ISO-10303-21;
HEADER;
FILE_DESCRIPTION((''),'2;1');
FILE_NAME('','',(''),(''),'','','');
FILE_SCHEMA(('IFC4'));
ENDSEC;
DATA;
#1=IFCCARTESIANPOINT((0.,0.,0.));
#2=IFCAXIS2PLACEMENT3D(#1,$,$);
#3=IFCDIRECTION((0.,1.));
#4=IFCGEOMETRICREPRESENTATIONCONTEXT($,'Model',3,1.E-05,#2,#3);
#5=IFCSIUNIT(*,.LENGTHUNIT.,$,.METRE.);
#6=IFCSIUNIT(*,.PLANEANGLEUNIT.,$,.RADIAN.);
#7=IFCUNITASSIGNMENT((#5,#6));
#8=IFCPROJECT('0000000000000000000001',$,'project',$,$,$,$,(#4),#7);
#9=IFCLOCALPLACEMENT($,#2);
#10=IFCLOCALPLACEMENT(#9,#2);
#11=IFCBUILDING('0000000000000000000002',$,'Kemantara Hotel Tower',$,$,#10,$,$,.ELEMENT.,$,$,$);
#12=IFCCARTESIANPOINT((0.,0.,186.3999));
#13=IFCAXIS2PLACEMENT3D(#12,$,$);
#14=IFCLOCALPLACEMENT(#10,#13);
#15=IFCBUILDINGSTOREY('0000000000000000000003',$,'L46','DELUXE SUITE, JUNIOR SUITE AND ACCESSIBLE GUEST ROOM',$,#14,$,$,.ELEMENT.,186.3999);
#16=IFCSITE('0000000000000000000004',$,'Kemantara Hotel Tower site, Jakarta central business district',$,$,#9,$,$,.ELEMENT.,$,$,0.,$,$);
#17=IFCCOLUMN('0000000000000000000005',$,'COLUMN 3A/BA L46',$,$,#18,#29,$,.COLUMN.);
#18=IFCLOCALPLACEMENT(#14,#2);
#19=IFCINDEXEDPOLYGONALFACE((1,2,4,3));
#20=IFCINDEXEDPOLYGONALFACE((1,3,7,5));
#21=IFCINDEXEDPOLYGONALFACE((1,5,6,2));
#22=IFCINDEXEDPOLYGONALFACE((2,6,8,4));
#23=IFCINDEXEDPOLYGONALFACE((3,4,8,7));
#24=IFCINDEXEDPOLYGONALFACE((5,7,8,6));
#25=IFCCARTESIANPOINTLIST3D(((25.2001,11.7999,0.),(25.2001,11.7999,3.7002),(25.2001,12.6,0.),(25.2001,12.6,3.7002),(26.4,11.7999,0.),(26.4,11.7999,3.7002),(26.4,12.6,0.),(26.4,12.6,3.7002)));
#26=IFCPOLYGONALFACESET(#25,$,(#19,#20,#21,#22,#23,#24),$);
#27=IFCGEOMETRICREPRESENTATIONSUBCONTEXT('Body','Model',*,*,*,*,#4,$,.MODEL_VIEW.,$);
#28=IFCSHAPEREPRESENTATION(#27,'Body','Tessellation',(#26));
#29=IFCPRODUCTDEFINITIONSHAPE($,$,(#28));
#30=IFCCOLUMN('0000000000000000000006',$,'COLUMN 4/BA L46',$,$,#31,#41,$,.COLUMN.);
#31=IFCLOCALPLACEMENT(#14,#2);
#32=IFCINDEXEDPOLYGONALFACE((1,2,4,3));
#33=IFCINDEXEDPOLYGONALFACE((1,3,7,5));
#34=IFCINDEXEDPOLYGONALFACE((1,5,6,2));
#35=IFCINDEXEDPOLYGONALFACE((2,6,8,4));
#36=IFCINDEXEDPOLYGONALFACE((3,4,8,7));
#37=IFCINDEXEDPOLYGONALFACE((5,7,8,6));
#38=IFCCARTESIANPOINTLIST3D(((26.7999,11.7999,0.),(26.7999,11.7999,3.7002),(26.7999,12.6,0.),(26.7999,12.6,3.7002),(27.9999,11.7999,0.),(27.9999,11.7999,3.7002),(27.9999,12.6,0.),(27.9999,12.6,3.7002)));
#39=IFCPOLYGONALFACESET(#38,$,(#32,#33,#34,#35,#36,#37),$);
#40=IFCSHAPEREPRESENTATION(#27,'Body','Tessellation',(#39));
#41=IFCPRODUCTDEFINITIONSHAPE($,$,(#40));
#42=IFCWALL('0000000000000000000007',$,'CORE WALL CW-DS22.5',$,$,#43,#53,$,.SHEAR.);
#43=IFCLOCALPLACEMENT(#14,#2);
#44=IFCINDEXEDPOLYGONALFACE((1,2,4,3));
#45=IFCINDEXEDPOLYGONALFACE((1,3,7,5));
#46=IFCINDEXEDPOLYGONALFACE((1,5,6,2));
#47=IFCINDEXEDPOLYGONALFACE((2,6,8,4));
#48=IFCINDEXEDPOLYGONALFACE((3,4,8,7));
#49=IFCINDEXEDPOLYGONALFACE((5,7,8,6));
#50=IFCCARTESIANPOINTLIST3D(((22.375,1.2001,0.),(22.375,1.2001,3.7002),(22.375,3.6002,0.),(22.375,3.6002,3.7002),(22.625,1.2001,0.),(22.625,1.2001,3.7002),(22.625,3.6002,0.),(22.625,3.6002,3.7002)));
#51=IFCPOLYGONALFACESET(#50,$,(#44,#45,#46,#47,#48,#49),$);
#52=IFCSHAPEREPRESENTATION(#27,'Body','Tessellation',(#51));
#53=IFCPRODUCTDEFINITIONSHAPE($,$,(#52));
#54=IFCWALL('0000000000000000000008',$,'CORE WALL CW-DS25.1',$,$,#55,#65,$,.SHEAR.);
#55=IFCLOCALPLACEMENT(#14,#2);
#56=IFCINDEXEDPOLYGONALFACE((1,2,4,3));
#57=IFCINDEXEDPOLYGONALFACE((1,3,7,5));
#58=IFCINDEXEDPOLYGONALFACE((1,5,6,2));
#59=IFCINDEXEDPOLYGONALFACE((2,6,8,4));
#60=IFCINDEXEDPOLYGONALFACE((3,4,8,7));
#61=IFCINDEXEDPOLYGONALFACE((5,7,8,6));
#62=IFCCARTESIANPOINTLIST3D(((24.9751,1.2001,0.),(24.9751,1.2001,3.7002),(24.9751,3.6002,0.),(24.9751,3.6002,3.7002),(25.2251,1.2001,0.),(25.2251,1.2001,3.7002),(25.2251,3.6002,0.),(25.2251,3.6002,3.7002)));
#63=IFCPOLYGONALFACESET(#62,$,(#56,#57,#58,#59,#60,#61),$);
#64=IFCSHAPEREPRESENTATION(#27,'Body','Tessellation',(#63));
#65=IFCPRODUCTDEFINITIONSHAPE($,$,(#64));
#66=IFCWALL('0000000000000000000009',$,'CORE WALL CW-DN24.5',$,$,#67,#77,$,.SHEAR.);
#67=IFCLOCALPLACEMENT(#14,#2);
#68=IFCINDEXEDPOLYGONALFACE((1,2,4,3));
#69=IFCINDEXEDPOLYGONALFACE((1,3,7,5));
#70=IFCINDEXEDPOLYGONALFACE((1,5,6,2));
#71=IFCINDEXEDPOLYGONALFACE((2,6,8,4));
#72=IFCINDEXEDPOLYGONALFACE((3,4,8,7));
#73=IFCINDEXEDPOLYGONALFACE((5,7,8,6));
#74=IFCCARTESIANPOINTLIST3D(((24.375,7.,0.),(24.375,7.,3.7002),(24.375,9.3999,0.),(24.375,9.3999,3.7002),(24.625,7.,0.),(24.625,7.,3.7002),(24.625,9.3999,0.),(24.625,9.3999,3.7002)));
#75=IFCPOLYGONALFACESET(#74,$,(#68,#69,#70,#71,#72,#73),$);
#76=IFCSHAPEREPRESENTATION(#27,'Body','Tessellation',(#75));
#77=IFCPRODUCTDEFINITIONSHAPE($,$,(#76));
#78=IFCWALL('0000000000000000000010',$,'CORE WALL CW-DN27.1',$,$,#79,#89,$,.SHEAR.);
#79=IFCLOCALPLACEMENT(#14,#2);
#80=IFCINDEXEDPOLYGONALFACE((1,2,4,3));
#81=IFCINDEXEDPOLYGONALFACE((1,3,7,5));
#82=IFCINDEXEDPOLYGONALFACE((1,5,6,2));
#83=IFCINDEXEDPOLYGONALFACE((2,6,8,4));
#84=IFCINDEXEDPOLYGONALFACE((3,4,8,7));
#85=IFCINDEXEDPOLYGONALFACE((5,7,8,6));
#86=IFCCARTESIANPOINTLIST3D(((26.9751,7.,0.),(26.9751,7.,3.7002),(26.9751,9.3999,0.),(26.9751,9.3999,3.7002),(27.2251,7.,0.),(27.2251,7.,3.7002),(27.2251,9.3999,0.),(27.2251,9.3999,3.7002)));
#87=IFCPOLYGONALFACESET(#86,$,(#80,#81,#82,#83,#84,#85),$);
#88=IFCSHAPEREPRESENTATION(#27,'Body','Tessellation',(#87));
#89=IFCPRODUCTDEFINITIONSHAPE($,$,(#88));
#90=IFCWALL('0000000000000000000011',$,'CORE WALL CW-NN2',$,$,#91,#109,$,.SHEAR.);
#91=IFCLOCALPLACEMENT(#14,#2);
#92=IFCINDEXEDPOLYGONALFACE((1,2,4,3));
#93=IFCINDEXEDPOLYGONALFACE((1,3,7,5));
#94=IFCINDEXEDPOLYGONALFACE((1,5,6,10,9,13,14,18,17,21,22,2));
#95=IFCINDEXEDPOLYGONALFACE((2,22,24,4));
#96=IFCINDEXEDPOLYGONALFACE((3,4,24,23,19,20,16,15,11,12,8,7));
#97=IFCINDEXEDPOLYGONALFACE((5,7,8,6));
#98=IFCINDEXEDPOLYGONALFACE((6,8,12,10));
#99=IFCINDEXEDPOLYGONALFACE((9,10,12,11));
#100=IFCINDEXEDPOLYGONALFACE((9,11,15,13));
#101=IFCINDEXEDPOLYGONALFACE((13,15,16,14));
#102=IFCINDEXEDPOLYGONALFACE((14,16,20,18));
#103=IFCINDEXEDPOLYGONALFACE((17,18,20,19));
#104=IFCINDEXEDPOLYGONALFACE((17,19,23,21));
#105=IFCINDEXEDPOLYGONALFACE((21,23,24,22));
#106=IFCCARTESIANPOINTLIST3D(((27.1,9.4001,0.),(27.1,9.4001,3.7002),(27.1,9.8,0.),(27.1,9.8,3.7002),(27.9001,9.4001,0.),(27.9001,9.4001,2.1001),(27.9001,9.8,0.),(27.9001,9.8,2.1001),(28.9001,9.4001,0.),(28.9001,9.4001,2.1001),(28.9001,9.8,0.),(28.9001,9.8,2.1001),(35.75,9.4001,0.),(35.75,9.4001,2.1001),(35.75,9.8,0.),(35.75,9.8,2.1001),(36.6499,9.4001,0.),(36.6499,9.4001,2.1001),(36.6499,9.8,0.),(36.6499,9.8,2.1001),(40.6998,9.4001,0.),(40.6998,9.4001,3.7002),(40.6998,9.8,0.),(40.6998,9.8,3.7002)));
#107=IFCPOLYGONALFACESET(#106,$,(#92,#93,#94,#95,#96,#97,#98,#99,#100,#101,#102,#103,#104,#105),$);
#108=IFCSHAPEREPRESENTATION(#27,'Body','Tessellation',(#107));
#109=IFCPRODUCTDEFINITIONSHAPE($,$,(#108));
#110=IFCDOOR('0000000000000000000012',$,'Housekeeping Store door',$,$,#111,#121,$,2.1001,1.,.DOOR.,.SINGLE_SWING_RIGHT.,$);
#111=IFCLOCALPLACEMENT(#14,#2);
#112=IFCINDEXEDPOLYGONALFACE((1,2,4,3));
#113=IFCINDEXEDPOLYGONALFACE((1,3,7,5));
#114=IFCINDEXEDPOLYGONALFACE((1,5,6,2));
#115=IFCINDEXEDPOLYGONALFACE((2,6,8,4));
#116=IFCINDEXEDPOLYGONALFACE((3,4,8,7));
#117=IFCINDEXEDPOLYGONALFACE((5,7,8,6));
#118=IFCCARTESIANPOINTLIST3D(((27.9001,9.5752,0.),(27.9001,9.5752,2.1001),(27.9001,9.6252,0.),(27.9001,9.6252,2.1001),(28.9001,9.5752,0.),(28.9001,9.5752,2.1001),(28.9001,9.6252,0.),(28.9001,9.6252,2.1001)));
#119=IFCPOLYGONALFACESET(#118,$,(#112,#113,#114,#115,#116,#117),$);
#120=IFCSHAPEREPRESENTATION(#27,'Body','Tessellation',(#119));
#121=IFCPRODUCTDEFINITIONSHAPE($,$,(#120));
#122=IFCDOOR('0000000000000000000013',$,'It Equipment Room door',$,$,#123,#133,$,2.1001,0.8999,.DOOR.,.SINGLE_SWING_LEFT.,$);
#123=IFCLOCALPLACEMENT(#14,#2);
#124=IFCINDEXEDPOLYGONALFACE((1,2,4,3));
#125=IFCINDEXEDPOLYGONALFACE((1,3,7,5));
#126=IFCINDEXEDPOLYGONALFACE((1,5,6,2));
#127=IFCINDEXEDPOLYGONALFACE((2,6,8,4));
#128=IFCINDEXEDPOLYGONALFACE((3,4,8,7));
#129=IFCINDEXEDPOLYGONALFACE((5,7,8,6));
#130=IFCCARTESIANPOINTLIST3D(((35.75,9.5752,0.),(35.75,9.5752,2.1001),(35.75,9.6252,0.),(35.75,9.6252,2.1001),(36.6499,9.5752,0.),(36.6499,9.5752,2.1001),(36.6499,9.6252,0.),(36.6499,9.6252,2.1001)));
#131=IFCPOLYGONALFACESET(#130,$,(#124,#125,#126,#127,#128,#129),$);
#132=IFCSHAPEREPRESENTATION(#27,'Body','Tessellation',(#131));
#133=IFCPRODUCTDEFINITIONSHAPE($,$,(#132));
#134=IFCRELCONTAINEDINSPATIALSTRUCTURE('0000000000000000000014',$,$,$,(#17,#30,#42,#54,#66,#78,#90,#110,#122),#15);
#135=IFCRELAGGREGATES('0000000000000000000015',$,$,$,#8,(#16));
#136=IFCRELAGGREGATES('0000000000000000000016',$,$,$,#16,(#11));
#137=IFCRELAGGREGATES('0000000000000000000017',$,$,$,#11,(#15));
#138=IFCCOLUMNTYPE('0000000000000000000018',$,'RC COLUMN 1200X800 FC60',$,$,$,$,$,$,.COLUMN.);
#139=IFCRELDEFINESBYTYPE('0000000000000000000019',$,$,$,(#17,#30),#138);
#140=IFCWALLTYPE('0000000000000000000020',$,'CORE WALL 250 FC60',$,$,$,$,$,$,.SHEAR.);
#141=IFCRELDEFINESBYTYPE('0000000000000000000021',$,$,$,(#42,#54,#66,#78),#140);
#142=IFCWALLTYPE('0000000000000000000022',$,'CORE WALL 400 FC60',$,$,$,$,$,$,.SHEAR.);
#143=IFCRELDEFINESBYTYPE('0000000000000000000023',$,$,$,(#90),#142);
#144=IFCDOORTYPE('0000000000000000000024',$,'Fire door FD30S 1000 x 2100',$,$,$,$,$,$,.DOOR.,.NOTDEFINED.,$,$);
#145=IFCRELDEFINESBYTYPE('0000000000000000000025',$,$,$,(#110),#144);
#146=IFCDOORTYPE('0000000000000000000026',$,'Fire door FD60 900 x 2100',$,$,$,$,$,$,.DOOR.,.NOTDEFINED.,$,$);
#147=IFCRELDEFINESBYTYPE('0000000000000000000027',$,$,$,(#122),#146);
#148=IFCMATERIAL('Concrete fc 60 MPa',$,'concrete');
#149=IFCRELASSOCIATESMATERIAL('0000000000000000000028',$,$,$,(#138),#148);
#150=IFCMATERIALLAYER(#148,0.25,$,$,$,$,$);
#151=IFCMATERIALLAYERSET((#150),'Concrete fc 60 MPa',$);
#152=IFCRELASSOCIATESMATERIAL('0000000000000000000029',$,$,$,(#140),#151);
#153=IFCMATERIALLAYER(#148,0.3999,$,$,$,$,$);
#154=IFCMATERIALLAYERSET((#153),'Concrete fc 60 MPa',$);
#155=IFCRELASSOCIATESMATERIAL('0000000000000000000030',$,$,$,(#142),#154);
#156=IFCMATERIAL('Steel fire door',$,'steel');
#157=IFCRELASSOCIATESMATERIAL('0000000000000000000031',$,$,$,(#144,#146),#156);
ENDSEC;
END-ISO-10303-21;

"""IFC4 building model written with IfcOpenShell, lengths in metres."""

from ifc_helpers import new_model, si_unit, direction, frame, frame_2d, origin, origin_2d, place, context, subcontext, project, spatial, rectangle, extrude, material, layer, layer_set, material_profile, profile_set, type_object, element, fill, save


model = new_model("IFC4")

# Units and contexts
model_context = context("Model", 3, precision=1e-05, world=origin(), true_north=direction((0.0, 1.0)))
body_context = subcontext(model_context, "Body", "Model", "MODEL_VIEW")
ifc_project = project(units=[si_unit("LENGTHUNIT", "METRE"), si_unit("PLANEANGLEUNIT", "RADIAN")], contexts=[model_context])

# Site, building, storey
site_placement = place(None, origin())
site = spatial("IfcSite", under=ifc_project, at=site_placement, Name="Kemantara Hotel Tower site, Jakarta central business district", CompositionType="ELEMENT", RefElevation=0.0)
building_placement = place(site_placement, origin())
building = spatial("IfcBuilding", under=site, at=building_placement, Name="Kemantara Hotel Tower", CompositionType="ELEMENT")
storey_placement = place(building_placement, frame((0.0, 0.0, 186.3999)))
storey = spatial("IfcBuildingStorey", under=building, at=storey_placement, Name="L46", Description="DELUXE SUITE, JUNIOR SUITE AND ACCESSIBLE GUEST ROOM", CompositionType="ELEMENT", Elevation=186.3999)

# Columns
ifc_material_1 = material(Name="Concrete fc 60 MPa", Category="concrete")
ifc_material_profile = material_profile(ifc_material_1, rectangle(XDim=1.2, YDim=0.8, at=origin_2d()), Name="RC 1200X800")
ifc_profile_set = profile_set([ifc_material_profile], Name="Concrete fc 60 MPa")
column_type = type_object("IfcColumnType", Name="RC COLUMN 1200X800 FC60", PredefinedType="COLUMN", material=ifc_profile_set)
for number, where, z_axis, x_axis, name in (
    (1, (25.8, 12.2, 0.0), (0.0, 0.0, 1.0), (1.0, 0.0, 0.0), "COLUMN 3A/BA L46"),
    (2, (27.3999, 12.2, 0.0), (0.0, 0.0, 1.0), (1.0, 0.0, 0.0), "COLUMN 4/BA L46"),
):
    element("IfcColumn", number, at=place(storey_placement, frame(where, z_axis=z_axis, x_axis=x_axis)), inside=storey, type_object=column_type, Name=name, PredefinedType="COLUMN", context=body_context, shape_type="SweptSolid", body=[
        extrude(rectangle(XDim=1.2, YDim=0.8, at=origin_2d()), origin(), (0.0, 0.0, 1.0), 3.7002),
    ])

# Walls
ifc_layer_1 = layer(ifc_material_1, 0.25)
ifc_layer_set_1 = layer_set([ifc_layer_1], Name="Concrete fc 60 MPa")
wall_type_1 = type_object("IfcWallType", Name="CORE WALL 250 FC60", PredefinedType="SHEAR", material=ifc_layer_set_1)
for number, where, z_axis, x_axis, name in (
    (3, (22.5, 1.2, 0.0), (0.0, 0.0, 1.0), (0.0, 1.0, 0.0), "CORE WALL CW-DS22.5"),
    (4, (25.1001, 1.2, 0.0), (0.0, 0.0, 1.0), (0.0, 1.0, 0.0), "CORE WALL CW-DS25.1"),
):
    element("IfcWall", number, at=place(storey_placement, frame(where, z_axis=z_axis, x_axis=x_axis)), inside=storey, type_object=wall_type_1, Name=name, PredefinedType="SHEAR", context=body_context, shape_type="SweptSolid", body=[
        extrude(rectangle(XDim=2.4001, YDim=0.25, at=frame_2d((1.2002, 0.0))), origin(), (0.0, 0.0, 1.0), 3.7002),
    ])
for number, where, z_axis, x_axis, name in (
    (5, (24.5, 7.0, 0.0), (0.0, 0.0, 1.0), (0.0, 1.0, 0.0), "CORE WALL CW-DN24.5"),
    (6, (27.1001, 7.0, 0.0), (0.0, 0.0, 1.0), (0.0, 1.0, 0.0), "CORE WALL CW-DN27.1"),
):
    element("IfcWall", number, at=place(storey_placement, frame(where, z_axis=z_axis, x_axis=x_axis)), inside=storey, type_object=wall_type_1, Name=name, PredefinedType="SHEAR", context=body_context, shape_type="SweptSolid", body=[
        extrude(rectangle(XDim=2.3999, YDim=0.25, at=frame_2d((1.2, 0.0))), origin(), (0.0, 0.0, 1.0), 3.7002),
    ])

# Wall, openings, doors
ifc_layer_2 = layer(ifc_material_1, 0.3999)
ifc_layer_set_2 = layer_set([ifc_layer_2], Name="Concrete fc 60 MPa")
wall_type_2 = type_object("IfcWallType", Name="CORE WALL 400 FC60", PredefinedType="SHEAR", material=ifc_layer_set_2)
wall_1_placement = place(storey_placement, frame((27.1001, 9.6001, 0.0), z_axis=(0.0, 0.0, 1.0), x_axis=(1.0, 0.0, 0.0)))
wall_1 = element("IfcWall", 7, at=wall_1_placement, inside=storey, type_object=wall_type_2, Name="CORE WALL CW-NN2", PredefinedType="SHEAR", context=body_context, shape_type="SweptSolid", body=[
    extrude(rectangle(XDim=13.5999, YDim=0.3999, at=frame_2d((6.7998, 0.0))), origin(), (0.0, 0.0, 1.0), 3.7002),
])
opening_1_placement = place(wall_1_placement, frame((0.8, 0.0, 0.0)))
opening_1 = element("IfcOpeningElement", 8, at=opening_1_placement, cuts=wall_1, PredefinedType="OPENING", context=body_context, shape_type="SweptSolid", body=[
    extrude(rectangle(XDim=1.0, YDim=2.1001, at=frame_2d((0.5, 1.05))), frame((0.0, 0.21, 0.0), z_axis=(0.0, -1.0, 0.0), x_axis=(1.0, 0.0, 0.0)), (0.0, 0.0, 1.0), 0.4199),
])
opening_2_placement = place(wall_1_placement, frame((8.6499, 0.0, 0.0)))
opening_2 = element("IfcOpeningElement", 9, at=opening_2_placement, cuts=wall_1, PredefinedType="OPENING", context=body_context, shape_type="SweptSolid", body=[
    extrude(rectangle(XDim=0.8999, YDim=2.1001, at=frame_2d((0.45, 1.05))), frame((0.0, 0.21, 0.0), z_axis=(0.0, -1.0, 0.0), x_axis=(1.0, 0.0, 0.0)), (0.0, 0.0, 1.0), 0.4199),
])
ifc_material_2 = material(Name="Steel fire door", Category="steel")
door_type_1 = type_object("IfcDoorType", Name="Fire door FD30S 1000 x 2100", OperationType="NOTDEFINED", PredefinedType="DOOR", material=ifc_material_2)
door_1_placement = place(opening_1_placement, frame((1.0, 0.0, 0.0), z_axis=(0.0, 0.0, 1.0), x_axis=(-1.0, 0.0, 0.0)))
door_1 = element("IfcDoor", 10, at=door_1_placement, inside=storey, type_object=door_type_1, Name="Housekeeping Store door", OperationType="SINGLE_SWING_RIGHT", OverallHeight=2.1001, OverallWidth=1.0, PredefinedType="DOOR", context=body_context, shape_type="SweptSolid", body=[
    extrude(rectangle(XDim=1.0, YDim=2.1001, at=frame_2d((0.5, 1.05))), frame((0.0, 0.0249, 0.0), z_axis=(0.0, -1.0, 0.0), x_axis=(1.0, 0.0, 0.0)), (0.0, 0.0, 1.0), 0.05),
])
fill(opening_1, door_1)
door_type_2 = type_object("IfcDoorType", Name="Fire door FD60 900 x 2100", OperationType="NOTDEFINED", PredefinedType="DOOR", material=ifc_material_2)
door_2_placement = place(opening_2_placement, frame((0.8999, 0.0, 0.0), z_axis=(0.0, 0.0, 1.0), x_axis=(-1.0, 0.0, 0.0)))
door_2 = element("IfcDoor", 11, at=door_2_placement, inside=storey, type_object=door_type_2, Name="It Equipment Room door", OperationType="SINGLE_SWING_LEFT", OverallHeight=2.1001, OverallWidth=0.8999, PredefinedType="DOOR", context=body_context, shape_type="SweptSolid", body=[
    extrude(rectangle(XDim=0.8999, YDim=2.1001, at=frame_2d((0.45, 1.05))), frame((0.0, 0.0249, 0.0), z_axis=(0.0, -1.0, 0.0), x_axis=(1.0, 0.0, 0.0)), (0.0, 0.0, 1.0), 0.05),
])
fill(opening_2, door_2)

save(model, "model.ifc")
